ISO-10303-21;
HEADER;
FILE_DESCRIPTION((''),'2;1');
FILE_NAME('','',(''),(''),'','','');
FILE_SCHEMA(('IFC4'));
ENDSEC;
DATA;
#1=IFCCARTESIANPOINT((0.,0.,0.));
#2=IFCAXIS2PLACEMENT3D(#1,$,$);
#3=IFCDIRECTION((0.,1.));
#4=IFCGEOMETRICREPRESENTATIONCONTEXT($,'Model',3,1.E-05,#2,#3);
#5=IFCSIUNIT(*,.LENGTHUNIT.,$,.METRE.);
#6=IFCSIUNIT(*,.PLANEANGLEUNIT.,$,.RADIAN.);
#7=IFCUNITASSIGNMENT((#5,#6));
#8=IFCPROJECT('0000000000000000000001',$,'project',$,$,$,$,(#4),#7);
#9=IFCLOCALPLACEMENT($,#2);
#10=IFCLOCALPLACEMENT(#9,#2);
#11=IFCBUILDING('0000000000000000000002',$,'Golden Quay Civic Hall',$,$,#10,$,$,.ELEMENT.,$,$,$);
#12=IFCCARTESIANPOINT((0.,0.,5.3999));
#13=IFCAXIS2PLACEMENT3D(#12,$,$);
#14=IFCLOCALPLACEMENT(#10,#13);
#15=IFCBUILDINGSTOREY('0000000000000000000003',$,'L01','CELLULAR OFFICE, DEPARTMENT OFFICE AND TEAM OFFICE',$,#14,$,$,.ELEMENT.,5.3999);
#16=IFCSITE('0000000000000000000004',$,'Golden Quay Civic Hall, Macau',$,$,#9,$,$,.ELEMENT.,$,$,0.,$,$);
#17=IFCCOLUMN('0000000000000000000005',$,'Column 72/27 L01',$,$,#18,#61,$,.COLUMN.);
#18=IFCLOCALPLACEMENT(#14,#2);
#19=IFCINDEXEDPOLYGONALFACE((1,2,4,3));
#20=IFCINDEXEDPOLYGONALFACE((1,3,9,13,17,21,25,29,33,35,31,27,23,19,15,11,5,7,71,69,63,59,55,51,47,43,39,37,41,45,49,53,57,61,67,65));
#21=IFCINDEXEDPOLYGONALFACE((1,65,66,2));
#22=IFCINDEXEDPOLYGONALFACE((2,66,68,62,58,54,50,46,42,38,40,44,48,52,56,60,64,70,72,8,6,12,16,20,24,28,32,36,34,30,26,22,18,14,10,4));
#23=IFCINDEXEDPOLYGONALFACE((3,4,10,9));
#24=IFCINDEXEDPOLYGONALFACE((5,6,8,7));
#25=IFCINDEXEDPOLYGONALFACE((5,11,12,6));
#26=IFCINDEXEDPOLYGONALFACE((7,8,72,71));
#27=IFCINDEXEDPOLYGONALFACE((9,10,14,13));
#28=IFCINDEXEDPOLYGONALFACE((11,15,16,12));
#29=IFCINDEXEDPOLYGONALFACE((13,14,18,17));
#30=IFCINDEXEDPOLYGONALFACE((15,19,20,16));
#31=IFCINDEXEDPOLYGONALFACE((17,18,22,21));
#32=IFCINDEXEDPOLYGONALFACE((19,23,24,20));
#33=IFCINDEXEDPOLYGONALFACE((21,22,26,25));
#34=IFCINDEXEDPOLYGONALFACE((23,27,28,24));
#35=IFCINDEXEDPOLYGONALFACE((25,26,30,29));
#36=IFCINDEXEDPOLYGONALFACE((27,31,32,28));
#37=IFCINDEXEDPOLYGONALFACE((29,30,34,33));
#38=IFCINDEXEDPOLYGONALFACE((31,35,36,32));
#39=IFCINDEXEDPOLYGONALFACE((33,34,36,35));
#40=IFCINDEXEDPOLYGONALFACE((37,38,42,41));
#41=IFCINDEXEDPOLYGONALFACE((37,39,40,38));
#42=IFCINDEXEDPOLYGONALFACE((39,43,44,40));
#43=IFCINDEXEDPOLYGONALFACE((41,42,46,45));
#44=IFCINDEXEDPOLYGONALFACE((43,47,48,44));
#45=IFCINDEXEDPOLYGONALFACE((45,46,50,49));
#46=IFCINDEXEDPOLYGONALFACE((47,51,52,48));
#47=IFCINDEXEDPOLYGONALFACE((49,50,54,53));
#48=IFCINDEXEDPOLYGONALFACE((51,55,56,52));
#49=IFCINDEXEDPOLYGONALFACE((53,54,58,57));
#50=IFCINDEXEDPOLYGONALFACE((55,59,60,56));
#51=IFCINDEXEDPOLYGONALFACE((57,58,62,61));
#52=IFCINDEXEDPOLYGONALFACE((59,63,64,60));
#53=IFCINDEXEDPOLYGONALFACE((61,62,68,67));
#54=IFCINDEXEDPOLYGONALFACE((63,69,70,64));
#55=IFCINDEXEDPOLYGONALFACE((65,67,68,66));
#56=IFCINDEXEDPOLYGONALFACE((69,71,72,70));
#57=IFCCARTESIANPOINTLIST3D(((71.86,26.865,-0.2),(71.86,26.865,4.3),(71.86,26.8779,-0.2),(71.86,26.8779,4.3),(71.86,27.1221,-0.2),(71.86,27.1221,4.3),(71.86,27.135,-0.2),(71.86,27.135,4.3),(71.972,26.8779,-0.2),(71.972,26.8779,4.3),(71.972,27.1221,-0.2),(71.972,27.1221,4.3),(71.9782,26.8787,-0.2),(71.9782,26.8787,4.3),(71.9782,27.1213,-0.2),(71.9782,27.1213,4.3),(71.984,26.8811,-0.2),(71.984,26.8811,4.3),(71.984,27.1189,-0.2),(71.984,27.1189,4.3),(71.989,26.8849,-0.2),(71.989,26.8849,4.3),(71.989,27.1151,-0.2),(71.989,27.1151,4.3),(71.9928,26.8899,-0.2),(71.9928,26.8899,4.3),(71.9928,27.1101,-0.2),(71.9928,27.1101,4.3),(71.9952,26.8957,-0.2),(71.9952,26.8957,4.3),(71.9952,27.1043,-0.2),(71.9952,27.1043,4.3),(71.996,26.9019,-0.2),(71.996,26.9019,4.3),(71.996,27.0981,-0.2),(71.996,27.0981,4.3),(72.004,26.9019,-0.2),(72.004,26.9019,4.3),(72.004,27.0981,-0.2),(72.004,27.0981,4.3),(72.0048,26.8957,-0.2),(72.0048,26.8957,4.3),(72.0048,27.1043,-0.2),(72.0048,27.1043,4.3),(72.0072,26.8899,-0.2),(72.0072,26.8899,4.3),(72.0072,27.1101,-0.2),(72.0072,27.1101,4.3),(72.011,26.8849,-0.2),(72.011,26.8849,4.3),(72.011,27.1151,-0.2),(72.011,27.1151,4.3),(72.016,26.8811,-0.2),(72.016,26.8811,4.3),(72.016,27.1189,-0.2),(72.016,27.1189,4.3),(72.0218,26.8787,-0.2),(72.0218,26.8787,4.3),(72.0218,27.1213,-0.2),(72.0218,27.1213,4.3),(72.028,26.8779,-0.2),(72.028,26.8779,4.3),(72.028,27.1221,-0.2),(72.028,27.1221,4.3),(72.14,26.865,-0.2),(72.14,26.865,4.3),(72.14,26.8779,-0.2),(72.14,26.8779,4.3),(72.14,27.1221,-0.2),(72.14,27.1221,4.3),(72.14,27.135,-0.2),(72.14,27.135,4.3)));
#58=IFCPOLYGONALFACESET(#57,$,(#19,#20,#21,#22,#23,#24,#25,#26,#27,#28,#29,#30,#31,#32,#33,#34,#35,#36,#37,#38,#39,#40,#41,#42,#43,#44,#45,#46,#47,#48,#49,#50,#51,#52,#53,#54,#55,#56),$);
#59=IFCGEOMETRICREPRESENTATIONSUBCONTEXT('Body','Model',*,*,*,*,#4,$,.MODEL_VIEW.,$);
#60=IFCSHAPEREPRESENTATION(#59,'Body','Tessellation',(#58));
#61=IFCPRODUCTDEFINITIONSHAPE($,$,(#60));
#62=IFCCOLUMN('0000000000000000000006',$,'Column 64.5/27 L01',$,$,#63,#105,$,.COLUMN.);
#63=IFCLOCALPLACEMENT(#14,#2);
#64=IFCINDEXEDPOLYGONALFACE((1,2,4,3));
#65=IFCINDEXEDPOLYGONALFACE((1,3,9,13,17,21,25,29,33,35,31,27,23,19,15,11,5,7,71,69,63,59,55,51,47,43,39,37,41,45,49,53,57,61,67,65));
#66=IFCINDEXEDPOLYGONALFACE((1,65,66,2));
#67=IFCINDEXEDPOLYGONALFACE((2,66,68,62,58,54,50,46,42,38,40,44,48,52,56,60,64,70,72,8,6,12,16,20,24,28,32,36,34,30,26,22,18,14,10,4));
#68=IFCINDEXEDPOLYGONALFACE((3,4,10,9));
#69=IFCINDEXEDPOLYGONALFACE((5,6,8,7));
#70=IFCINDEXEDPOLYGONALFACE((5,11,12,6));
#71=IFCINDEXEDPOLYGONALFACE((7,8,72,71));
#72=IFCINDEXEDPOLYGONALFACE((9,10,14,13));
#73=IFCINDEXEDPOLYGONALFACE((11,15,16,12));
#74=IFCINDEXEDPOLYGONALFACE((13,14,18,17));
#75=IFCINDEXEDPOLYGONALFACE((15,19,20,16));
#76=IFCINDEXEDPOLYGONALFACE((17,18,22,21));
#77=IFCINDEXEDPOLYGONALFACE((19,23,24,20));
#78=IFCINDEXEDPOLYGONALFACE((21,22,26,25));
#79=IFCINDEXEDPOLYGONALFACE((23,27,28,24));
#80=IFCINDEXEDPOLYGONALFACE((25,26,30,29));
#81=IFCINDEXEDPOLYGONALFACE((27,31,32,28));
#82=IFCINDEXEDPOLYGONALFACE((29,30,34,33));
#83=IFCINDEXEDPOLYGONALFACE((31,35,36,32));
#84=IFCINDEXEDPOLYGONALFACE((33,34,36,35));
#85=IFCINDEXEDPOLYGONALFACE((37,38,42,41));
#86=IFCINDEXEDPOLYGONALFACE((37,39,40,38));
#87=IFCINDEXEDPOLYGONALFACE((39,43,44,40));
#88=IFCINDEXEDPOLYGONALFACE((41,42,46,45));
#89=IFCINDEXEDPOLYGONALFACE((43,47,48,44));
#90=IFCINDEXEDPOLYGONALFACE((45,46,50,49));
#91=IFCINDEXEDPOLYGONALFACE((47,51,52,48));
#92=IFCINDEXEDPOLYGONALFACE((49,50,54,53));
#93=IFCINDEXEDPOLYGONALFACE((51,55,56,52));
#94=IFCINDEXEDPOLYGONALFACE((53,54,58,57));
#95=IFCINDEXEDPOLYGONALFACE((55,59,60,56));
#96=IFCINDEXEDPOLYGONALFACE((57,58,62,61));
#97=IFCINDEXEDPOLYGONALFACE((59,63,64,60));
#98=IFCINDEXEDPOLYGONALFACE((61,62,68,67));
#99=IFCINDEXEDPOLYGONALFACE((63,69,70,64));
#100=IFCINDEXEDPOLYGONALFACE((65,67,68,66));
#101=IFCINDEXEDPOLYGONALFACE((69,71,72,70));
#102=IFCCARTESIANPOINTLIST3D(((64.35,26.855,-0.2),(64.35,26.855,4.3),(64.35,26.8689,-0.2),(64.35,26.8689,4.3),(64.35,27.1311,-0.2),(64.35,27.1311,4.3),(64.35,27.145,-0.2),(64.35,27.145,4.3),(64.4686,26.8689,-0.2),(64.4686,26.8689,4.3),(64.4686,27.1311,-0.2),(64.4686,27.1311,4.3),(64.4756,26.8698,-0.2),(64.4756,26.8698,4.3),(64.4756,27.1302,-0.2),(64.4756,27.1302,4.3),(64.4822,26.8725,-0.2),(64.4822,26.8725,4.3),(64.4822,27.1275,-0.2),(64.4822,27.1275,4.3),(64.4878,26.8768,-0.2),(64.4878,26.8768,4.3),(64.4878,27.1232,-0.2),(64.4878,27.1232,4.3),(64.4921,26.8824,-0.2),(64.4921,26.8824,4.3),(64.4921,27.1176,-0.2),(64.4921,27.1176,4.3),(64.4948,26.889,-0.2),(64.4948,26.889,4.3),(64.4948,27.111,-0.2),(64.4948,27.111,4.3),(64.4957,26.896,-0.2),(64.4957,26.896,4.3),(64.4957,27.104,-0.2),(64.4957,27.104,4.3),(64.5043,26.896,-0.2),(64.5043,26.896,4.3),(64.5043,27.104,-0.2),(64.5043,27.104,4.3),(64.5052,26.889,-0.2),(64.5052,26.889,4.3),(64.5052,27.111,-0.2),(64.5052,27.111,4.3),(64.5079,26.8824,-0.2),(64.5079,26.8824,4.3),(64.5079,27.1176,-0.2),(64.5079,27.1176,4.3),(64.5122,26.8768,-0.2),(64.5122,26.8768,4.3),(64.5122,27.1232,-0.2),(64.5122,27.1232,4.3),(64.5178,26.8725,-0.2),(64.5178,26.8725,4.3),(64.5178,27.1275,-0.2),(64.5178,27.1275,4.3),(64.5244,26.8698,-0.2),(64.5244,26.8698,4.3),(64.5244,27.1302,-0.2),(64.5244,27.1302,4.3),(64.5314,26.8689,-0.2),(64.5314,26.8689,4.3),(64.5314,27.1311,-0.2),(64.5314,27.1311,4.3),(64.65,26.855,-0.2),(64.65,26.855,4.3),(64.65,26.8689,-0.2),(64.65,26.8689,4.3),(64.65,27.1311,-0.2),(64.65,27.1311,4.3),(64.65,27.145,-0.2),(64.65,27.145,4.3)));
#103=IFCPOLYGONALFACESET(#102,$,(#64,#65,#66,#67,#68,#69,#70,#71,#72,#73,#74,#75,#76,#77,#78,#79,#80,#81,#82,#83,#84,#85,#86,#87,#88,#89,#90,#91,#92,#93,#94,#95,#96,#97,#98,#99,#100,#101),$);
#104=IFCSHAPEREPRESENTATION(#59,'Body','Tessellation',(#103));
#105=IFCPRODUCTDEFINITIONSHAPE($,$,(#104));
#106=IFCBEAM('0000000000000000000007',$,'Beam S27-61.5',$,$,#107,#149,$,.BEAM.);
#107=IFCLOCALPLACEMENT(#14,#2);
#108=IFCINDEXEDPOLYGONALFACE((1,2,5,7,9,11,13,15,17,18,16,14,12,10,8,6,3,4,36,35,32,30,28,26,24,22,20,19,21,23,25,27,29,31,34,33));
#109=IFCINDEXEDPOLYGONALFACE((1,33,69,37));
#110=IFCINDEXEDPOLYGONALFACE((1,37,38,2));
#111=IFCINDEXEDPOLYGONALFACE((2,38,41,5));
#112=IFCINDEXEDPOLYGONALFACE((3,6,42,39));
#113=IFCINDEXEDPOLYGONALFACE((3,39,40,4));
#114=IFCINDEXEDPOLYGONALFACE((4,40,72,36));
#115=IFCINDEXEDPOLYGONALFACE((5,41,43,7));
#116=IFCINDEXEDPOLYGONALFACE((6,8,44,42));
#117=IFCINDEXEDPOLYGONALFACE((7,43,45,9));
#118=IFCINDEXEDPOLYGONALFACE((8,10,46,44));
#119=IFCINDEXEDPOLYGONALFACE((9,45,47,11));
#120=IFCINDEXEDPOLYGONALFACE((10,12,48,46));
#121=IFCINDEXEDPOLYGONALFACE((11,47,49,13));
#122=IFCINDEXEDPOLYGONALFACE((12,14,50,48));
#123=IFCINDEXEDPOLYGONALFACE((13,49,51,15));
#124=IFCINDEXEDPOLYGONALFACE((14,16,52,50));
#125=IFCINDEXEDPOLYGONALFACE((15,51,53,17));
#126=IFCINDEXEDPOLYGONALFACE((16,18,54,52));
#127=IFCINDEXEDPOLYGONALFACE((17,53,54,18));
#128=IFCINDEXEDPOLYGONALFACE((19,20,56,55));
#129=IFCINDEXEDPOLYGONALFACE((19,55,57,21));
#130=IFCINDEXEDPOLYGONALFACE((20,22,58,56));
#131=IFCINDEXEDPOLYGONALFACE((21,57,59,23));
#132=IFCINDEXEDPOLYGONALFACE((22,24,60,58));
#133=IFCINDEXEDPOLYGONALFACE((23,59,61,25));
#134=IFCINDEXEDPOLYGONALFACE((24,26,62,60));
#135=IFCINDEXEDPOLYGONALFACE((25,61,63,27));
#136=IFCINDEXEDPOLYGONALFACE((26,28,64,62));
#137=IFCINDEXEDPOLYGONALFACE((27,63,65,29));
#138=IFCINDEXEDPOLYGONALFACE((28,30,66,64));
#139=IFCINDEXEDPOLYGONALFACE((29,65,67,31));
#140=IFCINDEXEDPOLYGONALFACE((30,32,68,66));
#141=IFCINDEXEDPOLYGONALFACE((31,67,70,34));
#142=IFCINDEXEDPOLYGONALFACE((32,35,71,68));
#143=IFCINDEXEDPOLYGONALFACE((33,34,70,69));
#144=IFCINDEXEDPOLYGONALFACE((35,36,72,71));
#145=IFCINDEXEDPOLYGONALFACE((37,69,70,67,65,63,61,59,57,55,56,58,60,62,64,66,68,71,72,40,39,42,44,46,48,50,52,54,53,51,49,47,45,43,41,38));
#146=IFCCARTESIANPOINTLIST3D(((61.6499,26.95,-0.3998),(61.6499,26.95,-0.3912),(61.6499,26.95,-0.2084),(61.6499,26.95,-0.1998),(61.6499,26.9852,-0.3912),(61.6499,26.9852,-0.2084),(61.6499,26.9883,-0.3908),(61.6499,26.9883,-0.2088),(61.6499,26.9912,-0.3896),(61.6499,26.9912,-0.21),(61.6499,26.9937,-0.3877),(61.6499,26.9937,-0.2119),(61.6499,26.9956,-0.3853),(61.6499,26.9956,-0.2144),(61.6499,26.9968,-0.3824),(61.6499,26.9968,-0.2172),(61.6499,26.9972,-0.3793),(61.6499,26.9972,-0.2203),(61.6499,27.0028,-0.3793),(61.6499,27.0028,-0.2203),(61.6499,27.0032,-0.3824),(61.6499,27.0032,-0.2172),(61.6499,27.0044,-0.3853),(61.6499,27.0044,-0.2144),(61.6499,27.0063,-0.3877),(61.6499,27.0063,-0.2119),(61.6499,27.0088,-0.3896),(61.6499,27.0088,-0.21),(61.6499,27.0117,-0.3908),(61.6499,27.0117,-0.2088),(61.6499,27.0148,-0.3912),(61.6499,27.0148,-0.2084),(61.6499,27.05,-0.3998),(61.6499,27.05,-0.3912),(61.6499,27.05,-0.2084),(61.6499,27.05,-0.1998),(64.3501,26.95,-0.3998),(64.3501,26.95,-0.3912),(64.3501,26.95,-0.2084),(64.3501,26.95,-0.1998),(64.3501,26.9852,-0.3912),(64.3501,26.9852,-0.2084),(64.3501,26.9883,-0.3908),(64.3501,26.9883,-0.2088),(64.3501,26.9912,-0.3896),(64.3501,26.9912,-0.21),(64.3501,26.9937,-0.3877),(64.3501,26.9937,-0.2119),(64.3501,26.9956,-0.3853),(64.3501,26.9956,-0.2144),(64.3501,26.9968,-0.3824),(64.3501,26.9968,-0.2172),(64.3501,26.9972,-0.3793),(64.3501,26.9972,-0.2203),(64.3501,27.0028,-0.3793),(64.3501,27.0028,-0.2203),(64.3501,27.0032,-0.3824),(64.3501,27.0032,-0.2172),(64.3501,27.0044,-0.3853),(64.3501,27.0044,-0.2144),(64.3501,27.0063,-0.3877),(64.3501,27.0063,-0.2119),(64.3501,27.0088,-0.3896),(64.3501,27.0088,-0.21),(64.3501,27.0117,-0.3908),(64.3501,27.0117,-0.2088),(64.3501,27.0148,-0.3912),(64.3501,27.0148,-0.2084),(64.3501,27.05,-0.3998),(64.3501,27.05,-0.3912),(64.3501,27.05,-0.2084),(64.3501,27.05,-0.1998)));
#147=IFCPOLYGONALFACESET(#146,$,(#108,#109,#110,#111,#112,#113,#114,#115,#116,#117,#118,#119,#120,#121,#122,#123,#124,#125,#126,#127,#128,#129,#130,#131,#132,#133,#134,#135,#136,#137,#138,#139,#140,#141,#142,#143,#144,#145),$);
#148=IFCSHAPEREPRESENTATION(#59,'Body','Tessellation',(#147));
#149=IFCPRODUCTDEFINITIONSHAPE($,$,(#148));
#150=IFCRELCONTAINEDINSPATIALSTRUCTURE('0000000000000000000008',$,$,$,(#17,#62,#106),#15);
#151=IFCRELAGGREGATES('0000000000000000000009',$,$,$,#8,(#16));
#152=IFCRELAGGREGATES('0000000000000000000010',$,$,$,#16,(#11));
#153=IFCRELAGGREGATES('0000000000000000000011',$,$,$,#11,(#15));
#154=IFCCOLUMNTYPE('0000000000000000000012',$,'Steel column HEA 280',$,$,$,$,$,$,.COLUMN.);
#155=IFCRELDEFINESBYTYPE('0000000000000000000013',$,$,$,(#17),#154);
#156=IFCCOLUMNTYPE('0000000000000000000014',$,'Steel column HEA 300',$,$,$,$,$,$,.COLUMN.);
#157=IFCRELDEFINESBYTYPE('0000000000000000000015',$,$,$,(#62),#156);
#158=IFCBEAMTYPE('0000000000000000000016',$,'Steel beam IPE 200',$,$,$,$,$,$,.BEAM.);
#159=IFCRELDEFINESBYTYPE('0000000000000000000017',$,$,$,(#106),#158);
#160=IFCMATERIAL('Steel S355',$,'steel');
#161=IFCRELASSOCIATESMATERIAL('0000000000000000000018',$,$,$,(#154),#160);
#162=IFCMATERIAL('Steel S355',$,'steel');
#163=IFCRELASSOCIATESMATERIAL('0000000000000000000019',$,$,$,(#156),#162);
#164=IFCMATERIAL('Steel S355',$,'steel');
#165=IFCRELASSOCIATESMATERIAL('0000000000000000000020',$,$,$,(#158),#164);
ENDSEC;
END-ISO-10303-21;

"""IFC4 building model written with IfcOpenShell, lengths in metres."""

from ifc_helpers import new_model, si_unit, direction, frame, origin, origin_2d, place, context, subcontext, project, spatial, i_section, extrude, material, material_profile, profile_set, type_object, element, save


model = new_model("IFC4")

# Units and contexts
model_context = context("Model", 3, precision=1e-05, world=origin(), true_north=direction((0.0, 1.0)))
body_context = subcontext(model_context, "Body", "Model", "MODEL_VIEW")
ifc_project = project(units=[si_unit("LENGTHUNIT", "METRE"), si_unit("PLANEANGLEUNIT", "RADIAN")], contexts=[model_context])

# Site, building, storey
site_placement = place(None, origin())
site = spatial("IfcSite", under=ifc_project, at=site_placement, Name="Golden Quay Civic Hall, Macau", CompositionType="ELEMENT", RefElevation=0.0)
building_placement = place(site_placement, origin())
building = spatial("IfcBuilding", under=site, at=building_placement, Name="Golden Quay Civic Hall", CompositionType="ELEMENT")
storey_placement = place(building_placement, frame((0.0, 0.0, 5.3999)))
storey = spatial("IfcBuildingStorey", under=building, at=storey_placement, Name="L01", Description="CELLULAR OFFICE, DEPARTMENT OFFICE AND TEAM OFFICE", CompositionType="ELEMENT", Elevation=5.3999)

# Columns
ifc_material_1 = material(Name="Steel S355", Category="steel")
ifc_material_profile_1 = material_profile(ifc_material_1, i_section(OverallWidth=0.28, OverallDepth=0.27, WebThickness=0.0081, FlangeThickness=0.0129, FilletRadius=0.0239, at=origin_2d()), Name="HEA 280")
ifc_profile_set_1 = profile_set([ifc_material_profile_1], Name="Steel S355")
column_type_1 = type_object("IfcColumnType", Name="Steel column HEA 280", PredefinedType="COLUMN", material=ifc_profile_set_1)
column_1_placement = place(storey_placement, frame((72.0, 27.0, -0.2), z_axis=(0.0, 0.0, 1.0), x_axis=(1.0, 0.0, 0.0)))
element("IfcColumn", 1, at=column_1_placement, inside=storey, type_object=column_type_1, Name="Column 72/27 L01", PredefinedType="COLUMN", context=body_context, shape_type="SweptSolid", body=[
    extrude(i_section(OverallWidth=0.28, OverallDepth=0.27, WebThickness=0.0081, FlangeThickness=0.0129, FilletRadius=0.0239, at=origin_2d()), origin(), (0.0, 0.0, 1.0), 4.5),
])
ifc_material_2 = material(Name="Steel S355", Category="steel")
ifc_material_profile_2 = material_profile(ifc_material_2, i_section(OverallWidth=0.3, OverallDepth=0.29, WebThickness=0.0085, FlangeThickness=0.0139, FilletRadius=0.0271, at=origin_2d()), Name="HEA 300")
ifc_profile_set_2 = profile_set([ifc_material_profile_2], Name="Steel S355")
column_type_2 = type_object("IfcColumnType", Name="Steel column HEA 300", PredefinedType="COLUMN", material=ifc_profile_set_2)
column_2_placement = place(storey_placement, frame((64.5, 27.0, -0.2), z_axis=(0.0, 0.0, 1.0), x_axis=(1.0, 0.0, 0.0)))
element("IfcColumn", 2, at=column_2_placement, inside=storey, type_object=column_type_2, Name="Column 64.5/27 L01", PredefinedType="COLUMN", context=body_context, shape_type="SweptSolid", body=[
    extrude(i_section(OverallWidth=0.3, OverallDepth=0.29, WebThickness=0.0085, FlangeThickness=0.0139, FilletRadius=0.0271, at=origin_2d()), origin(), (0.0, 0.0, 1.0), 4.5),
])

# Beam
ifc_material_3 = material(Name="Steel S355", Category="steel")
ifc_material_profile_3 = material_profile(ifc_material_3, i_section(OverallWidth=0.1001, OverallDepth=0.2, WebThickness=0.0056, FlangeThickness=0.0085, FilletRadius=0.012, at=origin_2d()), Name="IPE 200")
ifc_profile_set_3 = profile_set([ifc_material_profile_3], Name="Steel S355")
beam_type_1 = type_object("IfcBeamType", Name="Steel beam IPE 200", PredefinedType="BEAM", material=ifc_profile_set_3)
beam_1_placement = place(storey_placement, frame((61.6499, 27.0, -0.2998), z_axis=(1.0, 0.0, 0.0), x_axis=(0.0, 1.0, 0.0)))
element("IfcBeam", 3, at=beam_1_placement, inside=storey, type_object=beam_type_1, Name="Beam S27-61.5", PredefinedType="BEAM", context=body_context, shape_type="SweptSolid", body=[
    extrude(i_section(OverallWidth=0.1001, OverallDepth=0.2, WebThickness=0.0056, FlangeThickness=0.0085, FilletRadius=0.012, at=origin_2d()), origin(), (0.0, 0.0, 1.0), 2.7002),
])

save(model, "model.ifc")
